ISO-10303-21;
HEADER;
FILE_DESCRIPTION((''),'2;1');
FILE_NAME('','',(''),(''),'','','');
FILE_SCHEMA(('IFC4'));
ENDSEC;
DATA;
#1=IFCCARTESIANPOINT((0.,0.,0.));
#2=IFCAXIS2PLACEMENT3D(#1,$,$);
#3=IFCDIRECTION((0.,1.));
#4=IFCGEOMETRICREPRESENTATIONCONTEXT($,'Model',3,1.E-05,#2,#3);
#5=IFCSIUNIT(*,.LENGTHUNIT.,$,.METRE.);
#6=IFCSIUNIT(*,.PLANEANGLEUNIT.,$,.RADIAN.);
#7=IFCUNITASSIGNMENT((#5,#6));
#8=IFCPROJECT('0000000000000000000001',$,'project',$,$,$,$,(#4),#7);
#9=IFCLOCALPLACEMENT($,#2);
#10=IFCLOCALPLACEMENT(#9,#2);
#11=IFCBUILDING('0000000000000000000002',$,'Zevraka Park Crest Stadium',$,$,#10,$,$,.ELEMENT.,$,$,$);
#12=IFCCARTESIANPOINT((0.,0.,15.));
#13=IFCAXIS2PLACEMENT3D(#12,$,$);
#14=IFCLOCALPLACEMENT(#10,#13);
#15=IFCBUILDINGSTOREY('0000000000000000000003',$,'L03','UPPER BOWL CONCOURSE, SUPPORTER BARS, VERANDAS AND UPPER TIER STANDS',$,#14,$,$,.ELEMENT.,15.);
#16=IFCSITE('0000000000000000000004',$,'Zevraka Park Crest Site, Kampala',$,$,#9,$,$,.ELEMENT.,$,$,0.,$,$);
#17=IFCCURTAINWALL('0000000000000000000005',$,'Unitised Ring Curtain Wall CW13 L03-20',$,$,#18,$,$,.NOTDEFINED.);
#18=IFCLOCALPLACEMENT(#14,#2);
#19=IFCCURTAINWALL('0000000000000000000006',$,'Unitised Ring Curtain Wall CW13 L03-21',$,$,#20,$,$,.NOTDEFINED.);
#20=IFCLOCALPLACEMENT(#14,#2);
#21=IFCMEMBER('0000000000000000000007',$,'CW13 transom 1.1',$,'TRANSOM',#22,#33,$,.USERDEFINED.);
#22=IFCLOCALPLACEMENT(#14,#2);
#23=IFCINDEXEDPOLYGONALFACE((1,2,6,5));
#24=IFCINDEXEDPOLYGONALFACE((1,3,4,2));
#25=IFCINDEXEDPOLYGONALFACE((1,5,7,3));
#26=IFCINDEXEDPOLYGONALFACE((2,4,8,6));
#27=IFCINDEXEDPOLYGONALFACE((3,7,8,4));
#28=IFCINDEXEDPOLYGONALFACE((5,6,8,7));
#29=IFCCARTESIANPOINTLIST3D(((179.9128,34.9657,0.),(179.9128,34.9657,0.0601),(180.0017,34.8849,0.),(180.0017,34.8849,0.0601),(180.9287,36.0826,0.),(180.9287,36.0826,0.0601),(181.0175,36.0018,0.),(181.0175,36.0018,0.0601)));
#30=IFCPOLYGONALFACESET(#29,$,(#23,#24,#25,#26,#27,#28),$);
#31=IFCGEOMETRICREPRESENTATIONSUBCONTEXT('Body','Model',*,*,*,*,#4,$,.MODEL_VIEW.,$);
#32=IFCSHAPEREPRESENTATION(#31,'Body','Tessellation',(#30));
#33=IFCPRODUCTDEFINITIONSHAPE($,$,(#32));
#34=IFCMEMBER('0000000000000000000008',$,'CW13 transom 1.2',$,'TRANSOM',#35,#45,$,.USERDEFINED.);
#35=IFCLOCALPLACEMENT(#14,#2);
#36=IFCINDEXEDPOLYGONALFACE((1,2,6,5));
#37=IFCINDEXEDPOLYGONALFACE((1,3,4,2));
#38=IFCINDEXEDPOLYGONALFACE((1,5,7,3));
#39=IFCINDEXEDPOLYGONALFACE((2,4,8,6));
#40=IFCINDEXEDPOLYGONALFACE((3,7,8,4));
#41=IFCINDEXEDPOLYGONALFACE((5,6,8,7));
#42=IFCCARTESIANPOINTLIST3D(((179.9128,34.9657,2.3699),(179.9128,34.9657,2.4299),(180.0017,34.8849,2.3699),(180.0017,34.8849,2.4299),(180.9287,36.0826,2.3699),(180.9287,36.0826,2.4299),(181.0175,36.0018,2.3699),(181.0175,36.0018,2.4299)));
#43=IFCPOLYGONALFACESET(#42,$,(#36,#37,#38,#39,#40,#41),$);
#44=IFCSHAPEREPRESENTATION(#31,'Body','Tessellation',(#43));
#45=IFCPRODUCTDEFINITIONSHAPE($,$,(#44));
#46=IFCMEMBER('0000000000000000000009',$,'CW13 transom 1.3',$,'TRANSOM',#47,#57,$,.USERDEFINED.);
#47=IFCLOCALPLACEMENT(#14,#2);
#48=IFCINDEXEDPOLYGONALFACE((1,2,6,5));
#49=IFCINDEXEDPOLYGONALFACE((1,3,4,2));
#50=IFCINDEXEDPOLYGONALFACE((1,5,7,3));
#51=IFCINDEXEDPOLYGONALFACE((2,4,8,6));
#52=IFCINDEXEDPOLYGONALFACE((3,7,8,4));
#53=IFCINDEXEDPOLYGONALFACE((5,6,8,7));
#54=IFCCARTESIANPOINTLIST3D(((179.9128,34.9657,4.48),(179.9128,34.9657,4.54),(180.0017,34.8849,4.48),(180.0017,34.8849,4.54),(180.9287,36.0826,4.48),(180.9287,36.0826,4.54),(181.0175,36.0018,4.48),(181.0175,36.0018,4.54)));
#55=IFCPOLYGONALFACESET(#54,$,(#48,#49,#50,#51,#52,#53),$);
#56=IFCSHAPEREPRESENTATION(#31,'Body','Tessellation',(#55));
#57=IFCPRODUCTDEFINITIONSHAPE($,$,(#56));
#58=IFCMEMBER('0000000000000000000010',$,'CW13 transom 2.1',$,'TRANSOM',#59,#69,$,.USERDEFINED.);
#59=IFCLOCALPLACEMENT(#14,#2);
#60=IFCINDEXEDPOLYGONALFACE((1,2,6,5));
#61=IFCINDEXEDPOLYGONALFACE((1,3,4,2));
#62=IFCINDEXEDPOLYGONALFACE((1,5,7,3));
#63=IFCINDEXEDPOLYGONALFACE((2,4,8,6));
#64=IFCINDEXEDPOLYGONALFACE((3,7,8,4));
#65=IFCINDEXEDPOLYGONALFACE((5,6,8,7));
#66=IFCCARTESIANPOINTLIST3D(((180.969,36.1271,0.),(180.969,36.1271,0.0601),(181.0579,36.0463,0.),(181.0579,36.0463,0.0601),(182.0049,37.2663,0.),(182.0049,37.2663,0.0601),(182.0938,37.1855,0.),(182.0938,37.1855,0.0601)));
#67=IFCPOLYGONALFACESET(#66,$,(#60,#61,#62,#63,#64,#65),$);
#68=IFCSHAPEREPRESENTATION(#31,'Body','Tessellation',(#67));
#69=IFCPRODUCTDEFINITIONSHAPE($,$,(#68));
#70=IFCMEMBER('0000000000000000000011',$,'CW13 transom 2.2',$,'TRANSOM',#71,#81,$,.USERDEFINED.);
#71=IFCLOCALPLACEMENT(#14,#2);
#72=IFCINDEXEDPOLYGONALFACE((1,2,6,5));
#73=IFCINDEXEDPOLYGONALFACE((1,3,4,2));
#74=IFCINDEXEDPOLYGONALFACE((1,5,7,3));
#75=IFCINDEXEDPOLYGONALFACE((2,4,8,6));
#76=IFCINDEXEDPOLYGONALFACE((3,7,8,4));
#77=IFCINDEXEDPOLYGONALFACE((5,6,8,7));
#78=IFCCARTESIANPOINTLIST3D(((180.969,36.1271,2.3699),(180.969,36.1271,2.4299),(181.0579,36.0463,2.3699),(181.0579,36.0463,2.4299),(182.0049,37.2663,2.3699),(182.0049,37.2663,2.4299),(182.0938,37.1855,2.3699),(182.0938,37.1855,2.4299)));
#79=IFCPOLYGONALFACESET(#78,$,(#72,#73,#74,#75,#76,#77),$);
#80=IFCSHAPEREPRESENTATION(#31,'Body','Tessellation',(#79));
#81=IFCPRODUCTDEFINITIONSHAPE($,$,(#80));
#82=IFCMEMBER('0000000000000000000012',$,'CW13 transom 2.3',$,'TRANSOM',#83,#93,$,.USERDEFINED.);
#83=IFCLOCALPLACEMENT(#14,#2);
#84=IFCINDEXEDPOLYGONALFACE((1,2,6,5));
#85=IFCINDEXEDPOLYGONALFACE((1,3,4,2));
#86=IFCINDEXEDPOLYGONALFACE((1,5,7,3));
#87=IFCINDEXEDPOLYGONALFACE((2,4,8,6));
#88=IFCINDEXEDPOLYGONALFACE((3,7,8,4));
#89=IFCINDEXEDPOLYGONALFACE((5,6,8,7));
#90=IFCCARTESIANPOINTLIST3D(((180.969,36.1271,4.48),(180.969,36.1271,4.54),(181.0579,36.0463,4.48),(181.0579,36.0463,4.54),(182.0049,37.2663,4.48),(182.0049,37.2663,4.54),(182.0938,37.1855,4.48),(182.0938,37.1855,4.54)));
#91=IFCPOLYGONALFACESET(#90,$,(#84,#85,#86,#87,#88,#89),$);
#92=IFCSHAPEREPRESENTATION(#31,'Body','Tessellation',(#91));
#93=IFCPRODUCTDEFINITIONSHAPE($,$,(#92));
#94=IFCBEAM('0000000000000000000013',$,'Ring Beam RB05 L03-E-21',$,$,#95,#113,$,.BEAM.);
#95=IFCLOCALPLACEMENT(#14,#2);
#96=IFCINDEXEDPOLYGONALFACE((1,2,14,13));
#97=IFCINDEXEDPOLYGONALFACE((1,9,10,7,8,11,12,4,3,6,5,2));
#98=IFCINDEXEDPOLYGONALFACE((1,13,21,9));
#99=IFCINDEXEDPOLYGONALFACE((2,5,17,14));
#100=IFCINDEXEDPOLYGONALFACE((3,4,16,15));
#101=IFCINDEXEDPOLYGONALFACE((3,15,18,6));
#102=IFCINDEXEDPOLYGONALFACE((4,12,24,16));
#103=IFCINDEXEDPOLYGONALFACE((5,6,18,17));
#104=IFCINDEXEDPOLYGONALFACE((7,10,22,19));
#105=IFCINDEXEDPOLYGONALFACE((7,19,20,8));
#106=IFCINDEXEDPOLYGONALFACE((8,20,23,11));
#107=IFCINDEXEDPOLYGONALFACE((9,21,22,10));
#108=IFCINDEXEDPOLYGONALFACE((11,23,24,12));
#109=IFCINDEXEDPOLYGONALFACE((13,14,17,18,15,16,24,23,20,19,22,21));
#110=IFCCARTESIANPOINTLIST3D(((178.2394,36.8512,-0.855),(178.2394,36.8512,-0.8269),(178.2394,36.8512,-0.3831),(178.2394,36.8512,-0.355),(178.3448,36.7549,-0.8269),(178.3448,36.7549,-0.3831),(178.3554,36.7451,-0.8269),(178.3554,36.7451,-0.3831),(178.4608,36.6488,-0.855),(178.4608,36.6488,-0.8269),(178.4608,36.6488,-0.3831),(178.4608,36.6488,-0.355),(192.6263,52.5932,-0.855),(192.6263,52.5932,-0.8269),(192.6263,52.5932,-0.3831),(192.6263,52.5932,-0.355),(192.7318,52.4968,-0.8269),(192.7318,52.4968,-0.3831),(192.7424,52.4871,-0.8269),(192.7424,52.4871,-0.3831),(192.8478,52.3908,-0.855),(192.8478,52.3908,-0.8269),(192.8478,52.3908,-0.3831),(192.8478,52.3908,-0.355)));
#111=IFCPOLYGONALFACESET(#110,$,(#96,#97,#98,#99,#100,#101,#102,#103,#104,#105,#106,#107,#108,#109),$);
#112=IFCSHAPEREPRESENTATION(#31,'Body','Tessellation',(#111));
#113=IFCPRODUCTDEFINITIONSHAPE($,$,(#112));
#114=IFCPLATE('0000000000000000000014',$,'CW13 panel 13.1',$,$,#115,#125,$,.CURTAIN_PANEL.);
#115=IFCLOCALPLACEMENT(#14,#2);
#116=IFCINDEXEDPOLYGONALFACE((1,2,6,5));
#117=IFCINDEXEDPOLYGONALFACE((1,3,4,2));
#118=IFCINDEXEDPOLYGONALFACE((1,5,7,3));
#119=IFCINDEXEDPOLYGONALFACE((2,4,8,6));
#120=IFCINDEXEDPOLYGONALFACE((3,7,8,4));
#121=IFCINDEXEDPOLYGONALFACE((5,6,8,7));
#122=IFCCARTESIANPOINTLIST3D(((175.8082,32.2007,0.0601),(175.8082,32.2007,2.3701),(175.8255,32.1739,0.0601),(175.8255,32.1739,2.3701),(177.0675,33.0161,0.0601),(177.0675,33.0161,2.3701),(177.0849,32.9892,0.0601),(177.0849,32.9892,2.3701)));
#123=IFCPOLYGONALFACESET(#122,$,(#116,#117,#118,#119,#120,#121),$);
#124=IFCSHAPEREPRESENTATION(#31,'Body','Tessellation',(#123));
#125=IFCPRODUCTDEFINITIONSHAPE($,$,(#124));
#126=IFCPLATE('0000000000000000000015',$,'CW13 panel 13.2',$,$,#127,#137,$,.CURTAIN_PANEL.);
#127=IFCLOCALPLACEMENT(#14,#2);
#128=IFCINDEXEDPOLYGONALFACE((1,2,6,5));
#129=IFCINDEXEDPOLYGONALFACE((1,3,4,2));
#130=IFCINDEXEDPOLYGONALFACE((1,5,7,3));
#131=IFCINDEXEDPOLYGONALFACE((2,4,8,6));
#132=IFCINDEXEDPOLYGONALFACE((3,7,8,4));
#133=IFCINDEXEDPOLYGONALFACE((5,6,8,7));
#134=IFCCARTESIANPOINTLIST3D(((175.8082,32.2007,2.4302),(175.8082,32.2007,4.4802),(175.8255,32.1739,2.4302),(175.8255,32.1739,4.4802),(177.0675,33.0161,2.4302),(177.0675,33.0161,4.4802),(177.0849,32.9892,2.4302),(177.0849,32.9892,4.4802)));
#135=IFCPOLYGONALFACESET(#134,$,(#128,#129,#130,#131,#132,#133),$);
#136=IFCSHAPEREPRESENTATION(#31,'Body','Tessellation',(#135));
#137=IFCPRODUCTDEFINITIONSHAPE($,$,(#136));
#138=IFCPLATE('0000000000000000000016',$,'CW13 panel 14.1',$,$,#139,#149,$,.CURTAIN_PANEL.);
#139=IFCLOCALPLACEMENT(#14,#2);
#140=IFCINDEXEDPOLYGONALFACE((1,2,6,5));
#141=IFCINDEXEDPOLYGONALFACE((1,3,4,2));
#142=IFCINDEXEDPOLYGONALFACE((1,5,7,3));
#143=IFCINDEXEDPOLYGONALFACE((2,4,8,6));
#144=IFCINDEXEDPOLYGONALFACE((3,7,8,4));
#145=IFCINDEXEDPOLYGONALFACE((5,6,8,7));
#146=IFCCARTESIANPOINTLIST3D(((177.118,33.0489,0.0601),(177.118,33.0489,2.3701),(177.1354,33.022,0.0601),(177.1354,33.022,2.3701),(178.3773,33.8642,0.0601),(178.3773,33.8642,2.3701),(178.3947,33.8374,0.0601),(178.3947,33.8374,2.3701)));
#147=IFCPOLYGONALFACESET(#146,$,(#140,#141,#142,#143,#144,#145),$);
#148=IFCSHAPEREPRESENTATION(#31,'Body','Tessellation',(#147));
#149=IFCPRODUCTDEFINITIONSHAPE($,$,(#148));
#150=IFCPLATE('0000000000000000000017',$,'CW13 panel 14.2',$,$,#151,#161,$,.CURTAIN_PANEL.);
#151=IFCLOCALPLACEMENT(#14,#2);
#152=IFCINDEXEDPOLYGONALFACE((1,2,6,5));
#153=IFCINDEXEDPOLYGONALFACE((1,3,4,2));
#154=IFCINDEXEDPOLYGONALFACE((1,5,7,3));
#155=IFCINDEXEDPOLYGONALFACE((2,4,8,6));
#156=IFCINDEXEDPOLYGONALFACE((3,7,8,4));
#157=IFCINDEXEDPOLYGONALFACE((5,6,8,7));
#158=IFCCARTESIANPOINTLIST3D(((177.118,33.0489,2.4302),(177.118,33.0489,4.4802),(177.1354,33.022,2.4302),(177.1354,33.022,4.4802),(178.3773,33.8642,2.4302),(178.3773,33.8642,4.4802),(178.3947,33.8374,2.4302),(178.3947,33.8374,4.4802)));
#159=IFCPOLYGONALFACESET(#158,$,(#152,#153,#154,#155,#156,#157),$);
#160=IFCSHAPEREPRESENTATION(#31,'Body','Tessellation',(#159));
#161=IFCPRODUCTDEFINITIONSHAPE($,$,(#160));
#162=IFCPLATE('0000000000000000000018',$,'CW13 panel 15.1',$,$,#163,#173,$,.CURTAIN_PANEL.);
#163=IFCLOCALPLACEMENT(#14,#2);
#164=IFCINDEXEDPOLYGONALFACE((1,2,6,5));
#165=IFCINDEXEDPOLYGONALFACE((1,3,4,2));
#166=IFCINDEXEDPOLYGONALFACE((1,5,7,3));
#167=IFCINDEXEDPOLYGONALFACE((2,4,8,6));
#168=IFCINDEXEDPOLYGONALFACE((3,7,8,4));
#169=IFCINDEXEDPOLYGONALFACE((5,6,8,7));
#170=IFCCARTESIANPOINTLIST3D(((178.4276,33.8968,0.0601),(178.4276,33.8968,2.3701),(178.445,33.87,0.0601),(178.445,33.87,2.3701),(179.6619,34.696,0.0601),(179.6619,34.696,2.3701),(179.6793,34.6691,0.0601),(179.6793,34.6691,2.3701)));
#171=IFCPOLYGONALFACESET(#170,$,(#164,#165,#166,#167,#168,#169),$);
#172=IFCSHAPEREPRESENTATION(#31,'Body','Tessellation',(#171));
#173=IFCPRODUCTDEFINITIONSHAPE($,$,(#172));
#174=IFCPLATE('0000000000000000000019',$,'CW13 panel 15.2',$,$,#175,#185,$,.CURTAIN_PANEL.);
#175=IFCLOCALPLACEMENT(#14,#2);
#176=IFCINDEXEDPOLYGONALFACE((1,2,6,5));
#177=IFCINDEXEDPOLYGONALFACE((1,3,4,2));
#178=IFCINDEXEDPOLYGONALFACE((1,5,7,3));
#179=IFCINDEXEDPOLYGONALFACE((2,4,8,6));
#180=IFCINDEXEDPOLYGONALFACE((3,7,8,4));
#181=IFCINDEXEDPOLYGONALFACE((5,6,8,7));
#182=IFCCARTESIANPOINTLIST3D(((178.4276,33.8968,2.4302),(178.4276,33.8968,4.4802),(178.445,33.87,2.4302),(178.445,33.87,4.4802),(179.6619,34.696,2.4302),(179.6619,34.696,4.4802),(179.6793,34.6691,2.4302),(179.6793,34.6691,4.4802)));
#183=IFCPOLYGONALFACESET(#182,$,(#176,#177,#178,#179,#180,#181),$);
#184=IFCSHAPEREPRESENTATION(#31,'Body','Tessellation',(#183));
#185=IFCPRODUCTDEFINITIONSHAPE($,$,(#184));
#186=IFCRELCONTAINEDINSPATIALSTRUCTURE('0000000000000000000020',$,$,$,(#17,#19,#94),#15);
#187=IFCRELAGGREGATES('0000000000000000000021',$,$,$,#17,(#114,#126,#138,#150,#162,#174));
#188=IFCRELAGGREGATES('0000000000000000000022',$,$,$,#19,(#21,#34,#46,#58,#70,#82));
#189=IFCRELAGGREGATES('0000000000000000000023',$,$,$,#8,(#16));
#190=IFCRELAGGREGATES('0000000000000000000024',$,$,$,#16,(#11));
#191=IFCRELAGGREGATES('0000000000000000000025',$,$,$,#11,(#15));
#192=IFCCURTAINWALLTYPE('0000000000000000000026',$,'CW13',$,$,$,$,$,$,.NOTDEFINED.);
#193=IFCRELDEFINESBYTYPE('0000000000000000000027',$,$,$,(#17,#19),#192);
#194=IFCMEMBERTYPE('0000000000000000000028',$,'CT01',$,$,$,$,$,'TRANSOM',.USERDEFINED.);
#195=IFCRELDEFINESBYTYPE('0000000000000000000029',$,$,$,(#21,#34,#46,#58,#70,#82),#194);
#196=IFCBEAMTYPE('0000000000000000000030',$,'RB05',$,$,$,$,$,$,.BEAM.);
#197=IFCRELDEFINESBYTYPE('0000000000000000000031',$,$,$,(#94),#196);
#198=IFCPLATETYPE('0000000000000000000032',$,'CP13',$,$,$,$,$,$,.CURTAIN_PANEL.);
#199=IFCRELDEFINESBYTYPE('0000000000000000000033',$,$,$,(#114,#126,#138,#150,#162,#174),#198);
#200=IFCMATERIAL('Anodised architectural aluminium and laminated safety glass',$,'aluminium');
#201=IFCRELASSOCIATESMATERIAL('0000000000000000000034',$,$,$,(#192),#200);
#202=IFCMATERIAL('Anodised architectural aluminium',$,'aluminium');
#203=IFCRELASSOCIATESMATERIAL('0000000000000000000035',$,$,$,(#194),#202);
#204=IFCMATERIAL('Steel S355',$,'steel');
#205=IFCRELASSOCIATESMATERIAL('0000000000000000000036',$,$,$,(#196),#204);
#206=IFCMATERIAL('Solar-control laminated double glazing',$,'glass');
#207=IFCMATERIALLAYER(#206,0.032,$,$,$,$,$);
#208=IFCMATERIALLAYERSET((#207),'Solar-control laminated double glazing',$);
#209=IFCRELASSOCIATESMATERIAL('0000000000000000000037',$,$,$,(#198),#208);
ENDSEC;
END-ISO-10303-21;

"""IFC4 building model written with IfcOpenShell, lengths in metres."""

from ifc_helpers import new_model, si_unit, direction, frame, origin, origin_2d, place, context, subcontext, project, spatial, rectangle, i_section, extrude, material, layer, layer_set, material_profile, profile_set, type_object, element, aggregate, save


model = new_model("IFC4")

# Units and contexts
model_context = context("Model", 3, precision=1e-05, world=origin(), true_north=direction((0.0, 1.0)))
body_context = subcontext(model_context, "Body", "Model", "MODEL_VIEW")
ifc_project = project(units=[si_unit("LENGTHUNIT", "METRE"), si_unit("PLANEANGLEUNIT", "RADIAN")], contexts=[model_context])

# Site, building, storey
site_placement = place(None, origin())
site = spatial("IfcSite", under=ifc_project, at=site_placement, Name="Zevraka Park Crest Site, Kampala", CompositionType="ELEMENT", RefElevation=0.0)
building_placement = place(site_placement, origin())
building = spatial("IfcBuilding", under=site, at=building_placement, Name="Zevraka Park Crest Stadium", CompositionType="ELEMENT")
storey_placement = place(building_placement, frame((0.0, 0.0, 15.0)))
storey = spatial("IfcBuildingStorey", under=building, at=storey_placement, Name="L03", Description="UPPER BOWL CONCOURSE, SUPPORTER BARS, VERANDAS AND UPPER TIER STANDS", CompositionType="ELEMENT", Elevation=15.0)

# Curtain walls
ifc_material_1 = material(Name="Anodised architectural aluminium and laminated safety glass", Category="aluminium")
curtain_wall_type = type_object("IfcCurtainWallType", Name="CW13", PredefinedType="NOTDEFINED", material=ifc_material_1)
curtain_wall_1_placement = place(storey_placement, origin())
curtain_wall_1 = element("IfcCurtainWall", 1, at=curtain_wall_1_placement, inside=storey, type_object=curtain_wall_type, Name="Unitised Ring Curtain Wall CW13 L03-20", PredefinedType="NOTDEFINED")
curtain_wall_2_placement = place(storey_placement, origin())
curtain_wall_2 = element("IfcCurtainWall", 2, at=curtain_wall_2_placement, inside=storey, type_object=curtain_wall_type, Name="Unitised Ring Curtain Wall CW13 L03-21", PredefinedType="NOTDEFINED")

# Members
ifc_material_2 = material(Name="Anodised architectural aluminium", Category="aluminium")
ifc_material_profile_1 = material_profile(ifc_material_2, rectangle(XDim=0.1201, YDim=0.0601, at=origin_2d()), Name="ALU TRANSOM 120x60")
ifc_profile_set_1 = profile_set([ifc_material_profile_1], Name="Anodised architectural aluminium")
member_type_1 = type_object("IfcMemberType", Name="CT01", ElementType="TRANSOM", PredefinedType="USERDEFINED", material=ifc_profile_set_1)
member_1_placement = place(storey_placement, frame((179.9573, 34.9253, 0.03), z_axis=(0.672842, 0.739786, 0.0), x_axis=(-0.739786, 0.672842, 0.0)))
member_1 = element("IfcMember", 3, at=member_1_placement, type_object=member_type_1, Name="CW13 transom 1.1", ObjectType="TRANSOM", PredefinedType="USERDEFINED", context=body_context, shape_type="SweptSolid", body=[
    extrude(rectangle(XDim=0.1201, YDim=0.0601, at=origin_2d()), origin(), (0.0, 0.0, 1.0), 1.5098),
])
member_2_placement = place(storey_placement, frame((179.9573, 34.9253, 2.3999), z_axis=(0.672842, 0.739786, 0.0), x_axis=(-0.739786, 0.672842, 0.0)))
member_2 = element("IfcMember", 4, at=member_2_placement, type_object=member_type_1, Name="CW13 transom 1.2", ObjectType="TRANSOM", PredefinedType="USERDEFINED", context=body_context, shape_type="SweptSolid", body=[
    extrude(rectangle(XDim=0.1201, YDim=0.0601, at=origin_2d()), origin(), (0.0, 0.0, 1.0), 1.5098),
])
member_3_placement = place(storey_placement, frame((179.9573, 34.9253, 4.51), z_axis=(0.672842, 0.739786, 0.0), x_axis=(-0.739786, 0.672842, 0.0)))
member_3 = element("IfcMember", 5, at=member_3_placement, type_object=member_type_1, Name="CW13 transom 1.3", ObjectType="TRANSOM", PredefinedType="USERDEFINED", context=body_context, shape_type="SweptSolid", body=[
    extrude(rectangle(XDim=0.1201, YDim=0.0601, at=origin_2d()), origin(), (0.0, 0.0, 1.0), 1.5098),
])
member_4_placement = place(storey_placement, frame((181.0134, 36.0867, 0.03), z_axis=(0.672775, 0.739847, 0.0), x_axis=(-0.739847, 0.672775, 0.0)))
member_4 = element("IfcMember", 6, at=member_4_placement, type_object=member_type_1, Name="CW13 transom 2.1", ObjectType="TRANSOM", PredefinedType="USERDEFINED", context=body_context, shape_type="SweptSolid", body=[
    extrude(rectangle(XDim=0.1201, YDim=0.0601, at=origin_2d()), origin(), (0.0, 0.0, 1.0), 1.5398),
])
member_5_placement = place(storey_placement, frame((181.0134, 36.0867, 2.3999), z_axis=(0.672775, 0.739847, 0.0), x_axis=(-0.739847, 0.672775, 0.0)))
member_5 = element("IfcMember", 7, at=member_5_placement, type_object=member_type_1, Name="CW13 transom 2.2", ObjectType="TRANSOM", PredefinedType="USERDEFINED", context=body_context, shape_type="SweptSolid", body=[
    extrude(rectangle(XDim=0.1201, YDim=0.0601, at=origin_2d()), origin(), (0.0, 0.0, 1.0), 1.5398),
])
member_6_placement = place(storey_placement, frame((181.0134, 36.0867, 4.51), z_axis=(0.672775, 0.739847, 0.0), x_axis=(-0.739847, 0.672775, 0.0)))
member_6 = element("IfcMember", 8, at=member_6_placement, type_object=member_type_1, Name="CW13 transom 2.3", ObjectType="TRANSOM", PredefinedType="USERDEFINED", context=body_context, shape_type="SweptSolid", body=[
    extrude(rectangle(XDim=0.1201, YDim=0.0601, at=origin_2d()), origin(), (0.0, 0.0, 1.0), 1.5398),
])

# Beam
ifc_material_3 = material(Name="Steel S355", Category="steel")
ifc_material_profile_2 = material_profile(ifc_material_3, i_section(OverallWidth=0.3, OverallDepth=0.5, WebThickness=0.0144, FlangeThickness=0.0281, at=origin_2d()), Name="HEB 500")
ifc_profile_set_2 = profile_set([ifc_material_profile_2], Name="Steel S355")
beam_type_1 = type_object("IfcBeamType", Name="RB05", PredefinedType="BEAM", material=ifc_profile_set_2)
beam_1_placement = place(storey_placement, frame((178.3501, 36.75, -0.605), z_axis=(0.674624, 0.738161, 0.0), x_axis=(-0.738161, 0.674624, 0.0)))
element("IfcBeam", 9, at=beam_1_placement, inside=storey, type_object=beam_type_1, Name="Ring Beam RB05 L03-E-21", PredefinedType="BEAM", context=body_context, shape_type="SweptSolid", body=[
    extrude(i_section(OverallWidth=0.3, OverallDepth=0.5, WebThickness=0.0144, FlangeThickness=0.0281, at=origin_2d()), origin(), (0.0, 0.0, 1.0), 21.3259),
])

# Plates
ifc_material_4 = material(Name="Solar-control laminated double glazing", Category="glass")
ifc_layer_1 = layer(ifc_material_4, 0.032)
ifc_layer_set_1 = layer_set([ifc_layer_1], Name="Solar-control laminated double glazing")
plate_type = type_object("IfcPlateType", Name="CP13", PredefinedType="CURTAIN_PANEL", material=ifc_layer_set_1)
plate_1_placement = place(storey_placement, frame((176.4465, 32.595, 0.0601), z_axis=(0.0, 0.0, 1.0), x_axis=(0.839429, 0.543469, 0.0)))
plate_1 = element("IfcPlate", 10, at=plate_1_placement, type_object=plate_type, Name="CW13 panel 13.1", PredefinedType="CURTAIN_PANEL", context=body_context, shape_type="SweptSolid", body=[
    extrude(rectangle(XDim=1.5002, YDim=0.032, at=origin_2d()), origin(), (0.0, 0.0, 1.0), 2.3101),
])
plate_2_placement = place(storey_placement, frame((176.4465, 32.595, 2.4302), z_axis=(0.0, 0.0, 1.0), x_axis=(0.839429, 0.543469, 0.0)))
plate_2 = element("IfcPlate", 11, at=plate_2_placement, type_object=plate_type, Name="CW13 panel 13.2", PredefinedType="CURTAIN_PANEL", context=body_context, shape_type="SweptSolid", body=[
    extrude(rectangle(XDim=1.5002, YDim=0.032, at=origin_2d()), origin(), (0.0, 0.0, 1.0), 2.05),
])
plate_3_placement = place(storey_placement, frame((177.7563, 33.4431, 0.0601), z_axis=(0.0, 0.0, 1.0), x_axis=(0.839429, 0.543469, 0.0)))
plate_3 = element("IfcPlate", 12, at=plate_3_placement, type_object=plate_type, Name="CW13 panel 14.1", PredefinedType="CURTAIN_PANEL", context=body_context, shape_type="SweptSolid", body=[
    extrude(rectangle(XDim=1.5002, YDim=0.032, at=origin_2d()), origin(), (0.0, 0.0, 1.0), 2.3101),
])
plate_4_placement = place(storey_placement, frame((177.7563, 33.4431, 2.4302), z_axis=(0.0, 0.0, 1.0), x_axis=(0.839429, 0.543469, 0.0)))
plate_4 = element("IfcPlate", 13, at=plate_4_placement, type_object=plate_type, Name="CW13 panel 14.2", PredefinedType="CURTAIN_PANEL", context=body_context, shape_type="SweptSolid", body=[
    extrude(rectangle(XDim=1.5002, YDim=0.032, at=origin_2d()), origin(), (0.0, 0.0, 1.0), 2.05),
])
plate_5_placement = place(storey_placement, frame((179.0535, 34.283, 0.0601), z_axis=(0.0, 0.0, 1.0), x_axis=(0.839429, 0.543469, 0.0)))
plate_5 = element("IfcPlate", 14, at=plate_5_placement, type_object=plate_type, Name="CW13 panel 15.1", PredefinedType="CURTAIN_PANEL", context=body_context, shape_type="SweptSolid", body=[
    extrude(rectangle(XDim=1.4705, YDim=0.032, at=origin_2d()), origin(), (0.0, 0.0, 1.0), 2.3101),
])
plate_6_placement = place(storey_placement, frame((179.0535, 34.283, 2.4302), z_axis=(0.0, 0.0, 1.0), x_axis=(0.839429, 0.543469, 0.0)))
plate_6 = element("IfcPlate", 15, at=plate_6_placement, type_object=plate_type, Name="CW13 panel 15.2", PredefinedType="CURTAIN_PANEL", context=body_context, shape_type="SweptSolid", body=[
    extrude(rectangle(XDim=1.4705, YDim=0.032, at=origin_2d()), origin(), (0.0, 0.0, 1.0), 2.05),
])
aggregate(curtain_wall_1, [plate_1, plate_2, plate_3, plate_4, plate_5, plate_6])
aggregate(curtain_wall_2, [member_1, member_2, member_3, member_4, member_5, member_6])

save(model, "model.ifc")
